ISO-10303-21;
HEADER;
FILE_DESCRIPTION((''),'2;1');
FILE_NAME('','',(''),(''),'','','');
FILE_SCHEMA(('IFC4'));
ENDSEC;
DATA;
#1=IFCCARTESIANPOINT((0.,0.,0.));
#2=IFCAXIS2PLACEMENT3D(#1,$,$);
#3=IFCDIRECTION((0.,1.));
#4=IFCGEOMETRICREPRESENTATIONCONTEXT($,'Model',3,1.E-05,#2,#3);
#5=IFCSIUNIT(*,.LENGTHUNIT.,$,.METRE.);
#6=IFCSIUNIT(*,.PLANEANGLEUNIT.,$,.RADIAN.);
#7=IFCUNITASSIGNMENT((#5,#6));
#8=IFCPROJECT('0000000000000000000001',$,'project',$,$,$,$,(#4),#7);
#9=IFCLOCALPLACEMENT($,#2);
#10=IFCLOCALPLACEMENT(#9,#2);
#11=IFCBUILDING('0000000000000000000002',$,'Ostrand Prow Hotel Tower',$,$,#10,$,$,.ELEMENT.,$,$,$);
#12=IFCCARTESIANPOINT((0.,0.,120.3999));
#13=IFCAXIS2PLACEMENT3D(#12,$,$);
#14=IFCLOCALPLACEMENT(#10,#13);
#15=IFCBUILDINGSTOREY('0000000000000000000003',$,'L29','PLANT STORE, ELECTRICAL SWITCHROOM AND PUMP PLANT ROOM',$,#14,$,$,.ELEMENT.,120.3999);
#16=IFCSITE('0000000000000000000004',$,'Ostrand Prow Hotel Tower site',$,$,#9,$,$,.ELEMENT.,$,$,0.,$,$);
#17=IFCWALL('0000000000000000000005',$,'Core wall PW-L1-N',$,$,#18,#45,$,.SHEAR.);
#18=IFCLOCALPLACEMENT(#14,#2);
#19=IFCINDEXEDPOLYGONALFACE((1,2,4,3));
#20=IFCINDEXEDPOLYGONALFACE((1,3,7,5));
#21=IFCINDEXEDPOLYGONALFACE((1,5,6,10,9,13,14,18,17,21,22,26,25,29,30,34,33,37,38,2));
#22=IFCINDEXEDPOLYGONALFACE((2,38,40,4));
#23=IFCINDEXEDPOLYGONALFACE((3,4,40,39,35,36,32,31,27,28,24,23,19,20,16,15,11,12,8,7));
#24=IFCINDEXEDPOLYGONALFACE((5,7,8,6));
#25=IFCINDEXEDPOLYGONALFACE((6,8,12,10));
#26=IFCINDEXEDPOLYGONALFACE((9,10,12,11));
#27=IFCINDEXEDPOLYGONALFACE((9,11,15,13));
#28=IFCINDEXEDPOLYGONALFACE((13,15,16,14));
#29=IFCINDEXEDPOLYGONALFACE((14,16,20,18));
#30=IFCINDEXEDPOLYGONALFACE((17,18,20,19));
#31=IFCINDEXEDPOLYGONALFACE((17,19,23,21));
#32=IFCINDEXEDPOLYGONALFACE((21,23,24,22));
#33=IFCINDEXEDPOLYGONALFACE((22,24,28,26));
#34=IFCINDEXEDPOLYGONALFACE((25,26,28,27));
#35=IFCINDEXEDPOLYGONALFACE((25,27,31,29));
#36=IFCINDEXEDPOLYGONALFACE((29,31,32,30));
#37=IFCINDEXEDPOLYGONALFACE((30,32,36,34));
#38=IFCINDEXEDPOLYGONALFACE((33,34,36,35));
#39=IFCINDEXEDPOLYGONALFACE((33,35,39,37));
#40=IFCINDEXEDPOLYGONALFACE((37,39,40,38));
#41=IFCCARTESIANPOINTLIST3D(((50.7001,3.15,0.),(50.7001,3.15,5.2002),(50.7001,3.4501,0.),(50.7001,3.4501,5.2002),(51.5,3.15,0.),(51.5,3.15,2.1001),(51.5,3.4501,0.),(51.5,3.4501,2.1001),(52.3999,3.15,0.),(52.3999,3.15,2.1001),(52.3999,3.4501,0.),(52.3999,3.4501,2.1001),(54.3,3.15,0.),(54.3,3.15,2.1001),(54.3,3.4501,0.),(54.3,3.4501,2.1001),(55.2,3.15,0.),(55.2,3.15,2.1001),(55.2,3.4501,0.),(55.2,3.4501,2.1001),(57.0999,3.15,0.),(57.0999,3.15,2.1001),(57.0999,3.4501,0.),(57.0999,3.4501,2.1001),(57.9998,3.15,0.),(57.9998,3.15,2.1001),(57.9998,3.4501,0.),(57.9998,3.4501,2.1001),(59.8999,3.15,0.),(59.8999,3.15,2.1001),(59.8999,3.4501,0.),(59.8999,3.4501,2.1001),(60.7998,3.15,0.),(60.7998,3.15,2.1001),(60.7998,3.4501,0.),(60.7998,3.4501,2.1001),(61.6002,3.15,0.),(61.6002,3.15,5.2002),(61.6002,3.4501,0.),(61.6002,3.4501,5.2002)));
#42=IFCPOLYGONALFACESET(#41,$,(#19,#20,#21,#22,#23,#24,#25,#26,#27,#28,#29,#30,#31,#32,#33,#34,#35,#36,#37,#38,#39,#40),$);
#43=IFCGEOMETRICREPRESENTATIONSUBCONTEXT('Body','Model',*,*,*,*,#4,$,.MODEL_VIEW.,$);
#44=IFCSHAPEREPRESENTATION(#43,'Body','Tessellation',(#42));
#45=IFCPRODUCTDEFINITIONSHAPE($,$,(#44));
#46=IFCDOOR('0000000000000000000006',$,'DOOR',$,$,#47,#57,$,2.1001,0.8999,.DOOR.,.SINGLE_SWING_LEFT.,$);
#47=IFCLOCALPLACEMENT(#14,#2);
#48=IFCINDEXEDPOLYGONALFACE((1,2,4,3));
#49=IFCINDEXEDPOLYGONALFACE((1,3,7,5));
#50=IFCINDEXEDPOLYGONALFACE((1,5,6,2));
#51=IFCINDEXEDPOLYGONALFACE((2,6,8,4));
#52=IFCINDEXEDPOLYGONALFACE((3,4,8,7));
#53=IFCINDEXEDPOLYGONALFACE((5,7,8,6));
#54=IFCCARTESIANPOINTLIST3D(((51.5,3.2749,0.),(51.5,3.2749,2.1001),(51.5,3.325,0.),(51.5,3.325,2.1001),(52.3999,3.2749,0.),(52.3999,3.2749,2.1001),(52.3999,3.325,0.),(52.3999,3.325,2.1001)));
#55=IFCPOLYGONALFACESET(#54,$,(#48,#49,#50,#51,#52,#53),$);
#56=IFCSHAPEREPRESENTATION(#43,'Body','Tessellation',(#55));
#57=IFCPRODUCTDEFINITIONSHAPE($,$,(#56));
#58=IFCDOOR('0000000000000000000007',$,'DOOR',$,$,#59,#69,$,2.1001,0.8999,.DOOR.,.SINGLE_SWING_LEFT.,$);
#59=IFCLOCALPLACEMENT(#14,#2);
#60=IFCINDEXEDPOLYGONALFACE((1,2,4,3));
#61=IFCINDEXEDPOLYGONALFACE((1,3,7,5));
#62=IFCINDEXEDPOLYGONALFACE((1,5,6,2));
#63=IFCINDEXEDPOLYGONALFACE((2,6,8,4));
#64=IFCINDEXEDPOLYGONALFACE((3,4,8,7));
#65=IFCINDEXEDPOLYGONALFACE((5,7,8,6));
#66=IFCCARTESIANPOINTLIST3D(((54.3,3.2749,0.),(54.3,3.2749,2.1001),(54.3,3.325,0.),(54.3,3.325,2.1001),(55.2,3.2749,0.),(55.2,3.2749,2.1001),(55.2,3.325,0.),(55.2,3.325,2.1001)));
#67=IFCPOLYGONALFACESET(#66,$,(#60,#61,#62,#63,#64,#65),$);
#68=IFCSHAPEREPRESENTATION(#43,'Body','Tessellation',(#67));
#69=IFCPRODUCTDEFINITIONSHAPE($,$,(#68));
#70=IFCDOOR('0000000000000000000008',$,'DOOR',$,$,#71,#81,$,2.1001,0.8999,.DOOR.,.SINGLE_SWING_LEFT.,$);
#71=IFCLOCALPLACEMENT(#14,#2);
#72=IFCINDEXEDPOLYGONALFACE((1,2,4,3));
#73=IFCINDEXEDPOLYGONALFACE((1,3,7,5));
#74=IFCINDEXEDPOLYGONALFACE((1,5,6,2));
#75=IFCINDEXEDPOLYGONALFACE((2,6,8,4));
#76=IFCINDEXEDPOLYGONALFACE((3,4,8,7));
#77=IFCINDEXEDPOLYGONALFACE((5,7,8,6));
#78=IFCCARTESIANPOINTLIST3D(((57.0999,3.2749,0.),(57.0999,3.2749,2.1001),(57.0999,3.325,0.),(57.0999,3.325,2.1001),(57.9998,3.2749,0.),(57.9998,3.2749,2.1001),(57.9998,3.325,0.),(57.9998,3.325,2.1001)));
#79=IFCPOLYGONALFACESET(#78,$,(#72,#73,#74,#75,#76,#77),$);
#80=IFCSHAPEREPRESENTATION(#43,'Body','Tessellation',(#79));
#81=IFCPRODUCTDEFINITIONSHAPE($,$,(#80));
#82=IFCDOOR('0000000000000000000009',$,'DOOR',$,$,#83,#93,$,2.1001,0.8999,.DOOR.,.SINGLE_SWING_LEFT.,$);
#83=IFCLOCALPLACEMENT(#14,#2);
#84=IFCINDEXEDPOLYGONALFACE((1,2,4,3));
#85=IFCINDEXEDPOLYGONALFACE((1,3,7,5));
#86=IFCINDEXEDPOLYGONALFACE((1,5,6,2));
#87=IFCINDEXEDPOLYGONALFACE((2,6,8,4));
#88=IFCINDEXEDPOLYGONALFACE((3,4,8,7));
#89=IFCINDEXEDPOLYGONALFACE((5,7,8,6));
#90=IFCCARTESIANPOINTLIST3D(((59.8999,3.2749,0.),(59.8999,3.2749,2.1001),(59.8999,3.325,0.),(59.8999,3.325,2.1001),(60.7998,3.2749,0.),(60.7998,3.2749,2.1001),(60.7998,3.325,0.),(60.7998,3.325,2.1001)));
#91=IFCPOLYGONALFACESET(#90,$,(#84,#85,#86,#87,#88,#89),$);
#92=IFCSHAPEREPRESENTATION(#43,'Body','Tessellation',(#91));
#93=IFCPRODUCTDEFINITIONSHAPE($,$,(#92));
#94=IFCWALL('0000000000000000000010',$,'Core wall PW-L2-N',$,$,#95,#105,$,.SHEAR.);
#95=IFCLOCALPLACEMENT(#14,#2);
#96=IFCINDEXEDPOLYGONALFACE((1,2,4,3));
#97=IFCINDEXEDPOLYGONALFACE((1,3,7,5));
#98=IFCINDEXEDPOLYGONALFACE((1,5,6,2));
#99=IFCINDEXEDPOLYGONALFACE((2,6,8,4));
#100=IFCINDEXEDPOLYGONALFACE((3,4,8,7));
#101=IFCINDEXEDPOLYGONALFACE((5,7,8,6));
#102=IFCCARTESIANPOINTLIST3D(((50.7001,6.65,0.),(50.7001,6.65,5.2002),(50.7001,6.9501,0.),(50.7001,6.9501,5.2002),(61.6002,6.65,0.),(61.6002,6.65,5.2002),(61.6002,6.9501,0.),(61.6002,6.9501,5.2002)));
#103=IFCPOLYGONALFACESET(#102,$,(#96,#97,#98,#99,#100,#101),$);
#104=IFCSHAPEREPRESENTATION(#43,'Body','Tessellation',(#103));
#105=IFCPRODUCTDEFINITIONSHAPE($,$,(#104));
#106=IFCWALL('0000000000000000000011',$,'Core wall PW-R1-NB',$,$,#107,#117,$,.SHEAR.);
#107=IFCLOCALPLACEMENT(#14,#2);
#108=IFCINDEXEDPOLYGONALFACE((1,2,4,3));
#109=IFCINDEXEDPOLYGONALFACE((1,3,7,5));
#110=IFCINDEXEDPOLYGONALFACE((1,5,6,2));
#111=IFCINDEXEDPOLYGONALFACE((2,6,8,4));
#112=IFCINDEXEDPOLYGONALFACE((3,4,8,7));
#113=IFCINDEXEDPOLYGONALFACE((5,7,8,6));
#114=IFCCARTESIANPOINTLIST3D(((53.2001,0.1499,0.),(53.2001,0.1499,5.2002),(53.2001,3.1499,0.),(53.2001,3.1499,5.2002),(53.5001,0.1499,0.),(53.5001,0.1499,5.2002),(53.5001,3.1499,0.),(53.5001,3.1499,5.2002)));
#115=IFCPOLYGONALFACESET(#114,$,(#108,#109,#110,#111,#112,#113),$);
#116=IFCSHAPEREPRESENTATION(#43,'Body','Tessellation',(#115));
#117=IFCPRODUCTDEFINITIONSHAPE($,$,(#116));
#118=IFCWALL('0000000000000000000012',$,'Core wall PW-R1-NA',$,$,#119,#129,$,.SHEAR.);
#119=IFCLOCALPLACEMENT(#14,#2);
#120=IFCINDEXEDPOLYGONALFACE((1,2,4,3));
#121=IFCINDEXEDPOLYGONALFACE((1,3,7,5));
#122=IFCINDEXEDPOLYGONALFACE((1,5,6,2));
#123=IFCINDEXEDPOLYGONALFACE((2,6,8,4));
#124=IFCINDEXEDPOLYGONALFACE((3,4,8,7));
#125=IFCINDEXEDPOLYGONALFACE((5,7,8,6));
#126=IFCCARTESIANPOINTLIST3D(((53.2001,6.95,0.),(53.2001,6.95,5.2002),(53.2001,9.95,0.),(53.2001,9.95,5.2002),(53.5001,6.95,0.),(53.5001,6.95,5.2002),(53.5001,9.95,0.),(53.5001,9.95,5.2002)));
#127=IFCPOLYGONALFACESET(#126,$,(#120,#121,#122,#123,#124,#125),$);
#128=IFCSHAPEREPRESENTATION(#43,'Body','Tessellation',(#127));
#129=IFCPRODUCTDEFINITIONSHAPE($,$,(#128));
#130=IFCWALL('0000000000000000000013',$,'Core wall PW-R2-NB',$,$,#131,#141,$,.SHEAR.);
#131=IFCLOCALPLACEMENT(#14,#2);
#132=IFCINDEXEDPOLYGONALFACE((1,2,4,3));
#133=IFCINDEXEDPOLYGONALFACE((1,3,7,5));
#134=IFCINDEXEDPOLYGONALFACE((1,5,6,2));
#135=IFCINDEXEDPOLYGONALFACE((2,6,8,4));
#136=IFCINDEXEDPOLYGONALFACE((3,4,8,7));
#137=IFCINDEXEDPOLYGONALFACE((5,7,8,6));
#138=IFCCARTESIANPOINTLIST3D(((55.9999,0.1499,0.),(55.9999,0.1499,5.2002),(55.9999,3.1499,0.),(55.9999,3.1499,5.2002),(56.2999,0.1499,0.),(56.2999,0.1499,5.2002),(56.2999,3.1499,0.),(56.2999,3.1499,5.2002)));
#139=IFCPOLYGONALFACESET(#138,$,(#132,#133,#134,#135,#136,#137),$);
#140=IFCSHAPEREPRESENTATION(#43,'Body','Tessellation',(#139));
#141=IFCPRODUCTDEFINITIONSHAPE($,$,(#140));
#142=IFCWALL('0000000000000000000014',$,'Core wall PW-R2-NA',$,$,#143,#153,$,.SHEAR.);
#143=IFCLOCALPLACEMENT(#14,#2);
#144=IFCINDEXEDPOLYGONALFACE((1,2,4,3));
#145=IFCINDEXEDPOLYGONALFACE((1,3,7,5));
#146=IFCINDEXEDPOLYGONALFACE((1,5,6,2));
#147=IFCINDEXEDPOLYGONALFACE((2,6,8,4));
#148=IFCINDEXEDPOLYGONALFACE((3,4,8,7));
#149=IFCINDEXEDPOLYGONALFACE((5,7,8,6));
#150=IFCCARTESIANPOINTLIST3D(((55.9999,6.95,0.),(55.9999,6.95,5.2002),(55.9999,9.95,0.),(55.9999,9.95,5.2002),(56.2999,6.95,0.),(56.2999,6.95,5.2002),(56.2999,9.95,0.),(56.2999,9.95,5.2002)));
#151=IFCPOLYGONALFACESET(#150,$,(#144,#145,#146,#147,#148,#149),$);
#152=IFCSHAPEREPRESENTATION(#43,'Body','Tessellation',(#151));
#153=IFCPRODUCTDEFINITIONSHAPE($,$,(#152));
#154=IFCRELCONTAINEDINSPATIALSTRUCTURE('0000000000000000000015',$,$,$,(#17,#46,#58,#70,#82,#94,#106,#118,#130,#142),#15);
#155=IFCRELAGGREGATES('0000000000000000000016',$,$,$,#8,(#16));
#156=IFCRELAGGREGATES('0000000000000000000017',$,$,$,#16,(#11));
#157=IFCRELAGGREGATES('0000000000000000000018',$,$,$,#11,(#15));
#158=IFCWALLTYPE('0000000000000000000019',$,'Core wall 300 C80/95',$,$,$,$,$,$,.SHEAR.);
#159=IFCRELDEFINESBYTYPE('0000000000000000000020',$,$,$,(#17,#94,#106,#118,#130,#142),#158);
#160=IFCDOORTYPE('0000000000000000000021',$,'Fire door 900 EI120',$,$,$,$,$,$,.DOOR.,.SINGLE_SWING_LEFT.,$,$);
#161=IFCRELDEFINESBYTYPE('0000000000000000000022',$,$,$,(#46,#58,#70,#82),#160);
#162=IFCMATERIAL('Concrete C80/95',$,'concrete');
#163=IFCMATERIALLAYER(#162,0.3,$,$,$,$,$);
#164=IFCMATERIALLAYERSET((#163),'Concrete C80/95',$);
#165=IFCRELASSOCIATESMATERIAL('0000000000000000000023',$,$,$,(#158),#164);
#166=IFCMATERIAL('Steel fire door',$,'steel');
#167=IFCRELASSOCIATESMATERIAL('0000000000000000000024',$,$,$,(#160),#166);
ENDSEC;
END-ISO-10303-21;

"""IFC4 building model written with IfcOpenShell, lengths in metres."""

from ifc_helpers import new_model, si_unit, direction, frame, frame_2d, origin, place, context, subcontext, project, spatial, rectangle, extrude, material, layer, layer_set, type_object, element, fill, save


model = new_model("IFC4")

# Units and contexts
model_context = context("Model", 3, precision=1e-05, world=origin(), true_north=direction((0.0, 1.0)))
body_context = subcontext(model_context, "Body", "Model", "MODEL_VIEW")
ifc_project = project(units=[si_unit("LENGTHUNIT", "METRE"), si_unit("PLANEANGLEUNIT", "RADIAN")], contexts=[model_context])

# Site, building, storey
site_placement = place(None, origin())
site = spatial("IfcSite", under=ifc_project, at=site_placement, Name="Ostrand Prow Hotel Tower site", CompositionType="ELEMENT", RefElevation=0.0)
building_placement = place(site_placement, origin())
building = spatial("IfcBuilding", under=site, at=building_placement, Name="Ostrand Prow Hotel Tower", CompositionType="ELEMENT")
storey_placement = place(building_placement, frame((0.0, 0.0, 120.3999)))
storey = spatial("IfcBuildingStorey", under=building, at=storey_placement, Name="L29", Description="PLANT STORE, ELECTRICAL SWITCHROOM AND PUMP PLANT ROOM", CompositionType="ELEMENT", Elevation=120.3999)

# Wall, openings, doors
ifc_material_1 = material(Name="Concrete C80/95", Category="concrete")
ifc_layer_1 = layer(ifc_material_1, 0.3)
ifc_layer_set_1 = layer_set([ifc_layer_1], Name="Concrete C80/95")
wall_type_1 = type_object("IfcWallType", Name="Core wall 300 C80/95", PredefinedType="SHEAR", material=ifc_layer_set_1)
wall_1_placement = place(storey_placement, frame((50.7, 3.3, 0.0), z_axis=(0.0, 0.0, 1.0), x_axis=(1.0, 0.0, 0.0)))
wall_1 = element("IfcWall", 1, at=wall_1_placement, inside=storey, type_object=wall_type_1, Name="Core wall PW-L1-N", PredefinedType="SHEAR", context=body_context, shape_type="SweptSolid", body=[
    extrude(rectangle(XDim=10.9001, YDim=0.3, at=frame_2d((5.4502, 0.0))), origin(), (0.0, 0.0, 1.0), 5.2002),
])
opening_1_placement = place(wall_1_placement, frame((0.8, 0.0, 0.0)))
opening_1 = element("IfcOpeningElement", 2, at=opening_1_placement, cuts=wall_1, PredefinedType="OPENING", context=body_context, shape_type="SweptSolid", body=[
    extrude(rectangle(XDim=0.8999, YDim=2.1001, at=frame_2d((0.45, 1.05))), frame((0.0, 0.1599, 0.0), z_axis=(0.0, -1.0, 0.0), x_axis=(1.0, 0.0, 0.0)), (0.0, 0.0, 1.0), 0.3201),
])
opening_2_placement = place(wall_1_placement, frame((3.6001, 0.0, 0.0)))
opening_2 = element("IfcOpeningElement", 3, at=opening_2_placement, cuts=wall_1, PredefinedType="OPENING", context=body_context, shape_type="SweptSolid", body=[
    extrude(rectangle(XDim=0.8999, YDim=2.1001, at=frame_2d((0.45, 1.05))), frame((0.0, 0.1599, 0.0), z_axis=(0.0, -1.0, 0.0), x_axis=(1.0, 0.0, 0.0)), (0.0, 0.0, 1.0), 0.3201),
])
opening_3_placement = place(wall_1_placement, frame((6.3999, 0.0, 0.0)))
opening_3 = element("IfcOpeningElement", 4, at=opening_3_placement, cuts=wall_1, PredefinedType="OPENING", context=body_context, shape_type="SweptSolid", body=[
    extrude(rectangle(XDim=0.8999, YDim=2.1001, at=frame_2d((0.45, 1.05))), frame((0.0, 0.1599, 0.0), z_axis=(0.0, -1.0, 0.0), x_axis=(1.0, 0.0, 0.0)), (0.0, 0.0, 1.0), 0.3201),
])
opening_4_placement = place(wall_1_placement, frame((9.2, 0.0, 0.0)))
opening_4 = element("IfcOpeningElement", 5, at=opening_4_placement, cuts=wall_1, PredefinedType="OPENING", context=body_context, shape_type="SweptSolid", body=[
    extrude(rectangle(XDim=0.8999, YDim=2.1001, at=frame_2d((0.45, 1.05))), frame((0.0, 0.1599, 0.0), z_axis=(0.0, -1.0, 0.0), x_axis=(1.0, 0.0, 0.0)), (0.0, 0.0, 1.0), 0.3201),
])
ifc_material_2 = material(Name="Steel fire door", Category="steel")
door_type_1 = type_object("IfcDoorType", Name="Fire door 900 EI120", OperationType="SINGLE_SWING_LEFT", PredefinedType="DOOR", material=ifc_material_2)
door_1_placement = place(opening_1_placement, origin())
door_1 = element("IfcDoor", 6, at=door_1_placement, inside=storey, type_object=door_type_1, Name="DOOR", OperationType="SINGLE_SWING_LEFT", OverallHeight=2.1001, OverallWidth=0.8999, PredefinedType="DOOR", context=body_context, shape_type="SweptSolid", body=[
    extrude(rectangle(XDim=0.8999, YDim=2.1001, at=frame_2d((0.45, 1.05))), frame((0.0, 0.0249, 0.0), z_axis=(0.0, -1.0, 0.0), x_axis=(1.0, 0.0, 0.0)), (0.0, 0.0, 1.0), 0.05),
])
fill(opening_1, door_1)
door_2_placement = place(opening_2_placement, origin())
door_2 = element("IfcDoor", 7, at=door_2_placement, inside=storey, type_object=door_type_1, Name="DOOR", OperationType="SINGLE_SWING_LEFT", OverallHeight=2.1001, OverallWidth=0.8999, PredefinedType="DOOR", context=body_context, shape_type="SweptSolid", body=[
    extrude(rectangle(XDim=0.8999, YDim=2.1001, at=frame_2d((0.45, 1.05))), frame((0.0, 0.0249, 0.0), z_axis=(0.0, -1.0, 0.0), x_axis=(1.0, 0.0, 0.0)), (0.0, 0.0, 1.0), 0.05),
])
fill(opening_2, door_2)
door_3_placement = place(opening_3_placement, origin())
door_3 = element("IfcDoor", 8, at=door_3_placement, inside=storey, type_object=door_type_1, Name="DOOR", OperationType="SINGLE_SWING_LEFT", OverallHeight=2.1001, OverallWidth=0.8999, PredefinedType="DOOR", context=body_context, shape_type="SweptSolid", body=[
    extrude(rectangle(XDim=0.8999, YDim=2.1001, at=frame_2d((0.45, 1.05))), frame((0.0, 0.0249, 0.0), z_axis=(0.0, -1.0, 0.0), x_axis=(1.0, 0.0, 0.0)), (0.0, 0.0, 1.0), 0.05),
])
fill(opening_3, door_3)
door_4_placement = place(opening_4_placement, origin())
door_4 = element("IfcDoor", 9, at=door_4_placement, inside=storey, type_object=door_type_1, Name="DOOR", OperationType="SINGLE_SWING_LEFT", OverallHeight=2.1001, OverallWidth=0.8999, PredefinedType="DOOR", context=body_context, shape_type="SweptSolid", body=[
    extrude(rectangle(XDim=0.8999, YDim=2.1001, at=frame_2d((0.45, 1.05))), frame((0.0, 0.0249, 0.0), z_axis=(0.0, -1.0, 0.0), x_axis=(1.0, 0.0, 0.0)), (0.0, 0.0, 1.0), 0.05),
])
fill(opening_4, door_4)

# Walls
wall_2_placement = place(storey_placement, frame((50.7, 6.8, 0.0), z_axis=(0.0, 0.0, 1.0), x_axis=(1.0, 0.0, 0.0)))
element("IfcWall", 10, at=wall_2_placement, inside=storey, type_object=wall_type_1, Name="Core wall PW-L2-N", PredefinedType="SHEAR", context=body_context, shape_type="SweptSolid", body=[
    extrude(rectangle(XDim=10.9001, YDim=0.3, at=frame_2d((5.4502, 0.0))), origin(), (0.0, 0.0, 1.0), 5.2002),
])
for number, where, z_axis, x_axis, name in (
    (11, (53.3501, 0.1499, 0.0), (0.0, 0.0, 1.0), (0.0, 1.0, 0.0), "Core wall PW-R1-NB"),
    (12, (53.3501, 6.95, 0.0), (0.0, 0.0, 1.0), (0.0, 1.0, 0.0), "Core wall PW-R1-NA"),
    (13, (56.1499, 0.1499, 0.0), (0.0, 0.0, 1.0), (0.0, 1.0, 0.0), "Core wall PW-R2-NB"),
    (14, (56.1499, 6.95, 0.0), (0.0, 0.0, 1.0), (0.0, 1.0, 0.0), "Core wall PW-R2-NA"),
):
    element("IfcWall", number, at=place(storey_placement, frame(where, z_axis=z_axis, x_axis=x_axis)), inside=storey, type_object=wall_type_1, Name=name, PredefinedType="SHEAR", context=body_context, shape_type="SweptSolid", body=[
        extrude(rectangle(XDim=3.0, YDim=0.3, at=frame_2d((1.5, 0.0))), origin(), (0.0, 0.0, 1.0), 5.2002),
    ])

save(model, "model.ifc")
